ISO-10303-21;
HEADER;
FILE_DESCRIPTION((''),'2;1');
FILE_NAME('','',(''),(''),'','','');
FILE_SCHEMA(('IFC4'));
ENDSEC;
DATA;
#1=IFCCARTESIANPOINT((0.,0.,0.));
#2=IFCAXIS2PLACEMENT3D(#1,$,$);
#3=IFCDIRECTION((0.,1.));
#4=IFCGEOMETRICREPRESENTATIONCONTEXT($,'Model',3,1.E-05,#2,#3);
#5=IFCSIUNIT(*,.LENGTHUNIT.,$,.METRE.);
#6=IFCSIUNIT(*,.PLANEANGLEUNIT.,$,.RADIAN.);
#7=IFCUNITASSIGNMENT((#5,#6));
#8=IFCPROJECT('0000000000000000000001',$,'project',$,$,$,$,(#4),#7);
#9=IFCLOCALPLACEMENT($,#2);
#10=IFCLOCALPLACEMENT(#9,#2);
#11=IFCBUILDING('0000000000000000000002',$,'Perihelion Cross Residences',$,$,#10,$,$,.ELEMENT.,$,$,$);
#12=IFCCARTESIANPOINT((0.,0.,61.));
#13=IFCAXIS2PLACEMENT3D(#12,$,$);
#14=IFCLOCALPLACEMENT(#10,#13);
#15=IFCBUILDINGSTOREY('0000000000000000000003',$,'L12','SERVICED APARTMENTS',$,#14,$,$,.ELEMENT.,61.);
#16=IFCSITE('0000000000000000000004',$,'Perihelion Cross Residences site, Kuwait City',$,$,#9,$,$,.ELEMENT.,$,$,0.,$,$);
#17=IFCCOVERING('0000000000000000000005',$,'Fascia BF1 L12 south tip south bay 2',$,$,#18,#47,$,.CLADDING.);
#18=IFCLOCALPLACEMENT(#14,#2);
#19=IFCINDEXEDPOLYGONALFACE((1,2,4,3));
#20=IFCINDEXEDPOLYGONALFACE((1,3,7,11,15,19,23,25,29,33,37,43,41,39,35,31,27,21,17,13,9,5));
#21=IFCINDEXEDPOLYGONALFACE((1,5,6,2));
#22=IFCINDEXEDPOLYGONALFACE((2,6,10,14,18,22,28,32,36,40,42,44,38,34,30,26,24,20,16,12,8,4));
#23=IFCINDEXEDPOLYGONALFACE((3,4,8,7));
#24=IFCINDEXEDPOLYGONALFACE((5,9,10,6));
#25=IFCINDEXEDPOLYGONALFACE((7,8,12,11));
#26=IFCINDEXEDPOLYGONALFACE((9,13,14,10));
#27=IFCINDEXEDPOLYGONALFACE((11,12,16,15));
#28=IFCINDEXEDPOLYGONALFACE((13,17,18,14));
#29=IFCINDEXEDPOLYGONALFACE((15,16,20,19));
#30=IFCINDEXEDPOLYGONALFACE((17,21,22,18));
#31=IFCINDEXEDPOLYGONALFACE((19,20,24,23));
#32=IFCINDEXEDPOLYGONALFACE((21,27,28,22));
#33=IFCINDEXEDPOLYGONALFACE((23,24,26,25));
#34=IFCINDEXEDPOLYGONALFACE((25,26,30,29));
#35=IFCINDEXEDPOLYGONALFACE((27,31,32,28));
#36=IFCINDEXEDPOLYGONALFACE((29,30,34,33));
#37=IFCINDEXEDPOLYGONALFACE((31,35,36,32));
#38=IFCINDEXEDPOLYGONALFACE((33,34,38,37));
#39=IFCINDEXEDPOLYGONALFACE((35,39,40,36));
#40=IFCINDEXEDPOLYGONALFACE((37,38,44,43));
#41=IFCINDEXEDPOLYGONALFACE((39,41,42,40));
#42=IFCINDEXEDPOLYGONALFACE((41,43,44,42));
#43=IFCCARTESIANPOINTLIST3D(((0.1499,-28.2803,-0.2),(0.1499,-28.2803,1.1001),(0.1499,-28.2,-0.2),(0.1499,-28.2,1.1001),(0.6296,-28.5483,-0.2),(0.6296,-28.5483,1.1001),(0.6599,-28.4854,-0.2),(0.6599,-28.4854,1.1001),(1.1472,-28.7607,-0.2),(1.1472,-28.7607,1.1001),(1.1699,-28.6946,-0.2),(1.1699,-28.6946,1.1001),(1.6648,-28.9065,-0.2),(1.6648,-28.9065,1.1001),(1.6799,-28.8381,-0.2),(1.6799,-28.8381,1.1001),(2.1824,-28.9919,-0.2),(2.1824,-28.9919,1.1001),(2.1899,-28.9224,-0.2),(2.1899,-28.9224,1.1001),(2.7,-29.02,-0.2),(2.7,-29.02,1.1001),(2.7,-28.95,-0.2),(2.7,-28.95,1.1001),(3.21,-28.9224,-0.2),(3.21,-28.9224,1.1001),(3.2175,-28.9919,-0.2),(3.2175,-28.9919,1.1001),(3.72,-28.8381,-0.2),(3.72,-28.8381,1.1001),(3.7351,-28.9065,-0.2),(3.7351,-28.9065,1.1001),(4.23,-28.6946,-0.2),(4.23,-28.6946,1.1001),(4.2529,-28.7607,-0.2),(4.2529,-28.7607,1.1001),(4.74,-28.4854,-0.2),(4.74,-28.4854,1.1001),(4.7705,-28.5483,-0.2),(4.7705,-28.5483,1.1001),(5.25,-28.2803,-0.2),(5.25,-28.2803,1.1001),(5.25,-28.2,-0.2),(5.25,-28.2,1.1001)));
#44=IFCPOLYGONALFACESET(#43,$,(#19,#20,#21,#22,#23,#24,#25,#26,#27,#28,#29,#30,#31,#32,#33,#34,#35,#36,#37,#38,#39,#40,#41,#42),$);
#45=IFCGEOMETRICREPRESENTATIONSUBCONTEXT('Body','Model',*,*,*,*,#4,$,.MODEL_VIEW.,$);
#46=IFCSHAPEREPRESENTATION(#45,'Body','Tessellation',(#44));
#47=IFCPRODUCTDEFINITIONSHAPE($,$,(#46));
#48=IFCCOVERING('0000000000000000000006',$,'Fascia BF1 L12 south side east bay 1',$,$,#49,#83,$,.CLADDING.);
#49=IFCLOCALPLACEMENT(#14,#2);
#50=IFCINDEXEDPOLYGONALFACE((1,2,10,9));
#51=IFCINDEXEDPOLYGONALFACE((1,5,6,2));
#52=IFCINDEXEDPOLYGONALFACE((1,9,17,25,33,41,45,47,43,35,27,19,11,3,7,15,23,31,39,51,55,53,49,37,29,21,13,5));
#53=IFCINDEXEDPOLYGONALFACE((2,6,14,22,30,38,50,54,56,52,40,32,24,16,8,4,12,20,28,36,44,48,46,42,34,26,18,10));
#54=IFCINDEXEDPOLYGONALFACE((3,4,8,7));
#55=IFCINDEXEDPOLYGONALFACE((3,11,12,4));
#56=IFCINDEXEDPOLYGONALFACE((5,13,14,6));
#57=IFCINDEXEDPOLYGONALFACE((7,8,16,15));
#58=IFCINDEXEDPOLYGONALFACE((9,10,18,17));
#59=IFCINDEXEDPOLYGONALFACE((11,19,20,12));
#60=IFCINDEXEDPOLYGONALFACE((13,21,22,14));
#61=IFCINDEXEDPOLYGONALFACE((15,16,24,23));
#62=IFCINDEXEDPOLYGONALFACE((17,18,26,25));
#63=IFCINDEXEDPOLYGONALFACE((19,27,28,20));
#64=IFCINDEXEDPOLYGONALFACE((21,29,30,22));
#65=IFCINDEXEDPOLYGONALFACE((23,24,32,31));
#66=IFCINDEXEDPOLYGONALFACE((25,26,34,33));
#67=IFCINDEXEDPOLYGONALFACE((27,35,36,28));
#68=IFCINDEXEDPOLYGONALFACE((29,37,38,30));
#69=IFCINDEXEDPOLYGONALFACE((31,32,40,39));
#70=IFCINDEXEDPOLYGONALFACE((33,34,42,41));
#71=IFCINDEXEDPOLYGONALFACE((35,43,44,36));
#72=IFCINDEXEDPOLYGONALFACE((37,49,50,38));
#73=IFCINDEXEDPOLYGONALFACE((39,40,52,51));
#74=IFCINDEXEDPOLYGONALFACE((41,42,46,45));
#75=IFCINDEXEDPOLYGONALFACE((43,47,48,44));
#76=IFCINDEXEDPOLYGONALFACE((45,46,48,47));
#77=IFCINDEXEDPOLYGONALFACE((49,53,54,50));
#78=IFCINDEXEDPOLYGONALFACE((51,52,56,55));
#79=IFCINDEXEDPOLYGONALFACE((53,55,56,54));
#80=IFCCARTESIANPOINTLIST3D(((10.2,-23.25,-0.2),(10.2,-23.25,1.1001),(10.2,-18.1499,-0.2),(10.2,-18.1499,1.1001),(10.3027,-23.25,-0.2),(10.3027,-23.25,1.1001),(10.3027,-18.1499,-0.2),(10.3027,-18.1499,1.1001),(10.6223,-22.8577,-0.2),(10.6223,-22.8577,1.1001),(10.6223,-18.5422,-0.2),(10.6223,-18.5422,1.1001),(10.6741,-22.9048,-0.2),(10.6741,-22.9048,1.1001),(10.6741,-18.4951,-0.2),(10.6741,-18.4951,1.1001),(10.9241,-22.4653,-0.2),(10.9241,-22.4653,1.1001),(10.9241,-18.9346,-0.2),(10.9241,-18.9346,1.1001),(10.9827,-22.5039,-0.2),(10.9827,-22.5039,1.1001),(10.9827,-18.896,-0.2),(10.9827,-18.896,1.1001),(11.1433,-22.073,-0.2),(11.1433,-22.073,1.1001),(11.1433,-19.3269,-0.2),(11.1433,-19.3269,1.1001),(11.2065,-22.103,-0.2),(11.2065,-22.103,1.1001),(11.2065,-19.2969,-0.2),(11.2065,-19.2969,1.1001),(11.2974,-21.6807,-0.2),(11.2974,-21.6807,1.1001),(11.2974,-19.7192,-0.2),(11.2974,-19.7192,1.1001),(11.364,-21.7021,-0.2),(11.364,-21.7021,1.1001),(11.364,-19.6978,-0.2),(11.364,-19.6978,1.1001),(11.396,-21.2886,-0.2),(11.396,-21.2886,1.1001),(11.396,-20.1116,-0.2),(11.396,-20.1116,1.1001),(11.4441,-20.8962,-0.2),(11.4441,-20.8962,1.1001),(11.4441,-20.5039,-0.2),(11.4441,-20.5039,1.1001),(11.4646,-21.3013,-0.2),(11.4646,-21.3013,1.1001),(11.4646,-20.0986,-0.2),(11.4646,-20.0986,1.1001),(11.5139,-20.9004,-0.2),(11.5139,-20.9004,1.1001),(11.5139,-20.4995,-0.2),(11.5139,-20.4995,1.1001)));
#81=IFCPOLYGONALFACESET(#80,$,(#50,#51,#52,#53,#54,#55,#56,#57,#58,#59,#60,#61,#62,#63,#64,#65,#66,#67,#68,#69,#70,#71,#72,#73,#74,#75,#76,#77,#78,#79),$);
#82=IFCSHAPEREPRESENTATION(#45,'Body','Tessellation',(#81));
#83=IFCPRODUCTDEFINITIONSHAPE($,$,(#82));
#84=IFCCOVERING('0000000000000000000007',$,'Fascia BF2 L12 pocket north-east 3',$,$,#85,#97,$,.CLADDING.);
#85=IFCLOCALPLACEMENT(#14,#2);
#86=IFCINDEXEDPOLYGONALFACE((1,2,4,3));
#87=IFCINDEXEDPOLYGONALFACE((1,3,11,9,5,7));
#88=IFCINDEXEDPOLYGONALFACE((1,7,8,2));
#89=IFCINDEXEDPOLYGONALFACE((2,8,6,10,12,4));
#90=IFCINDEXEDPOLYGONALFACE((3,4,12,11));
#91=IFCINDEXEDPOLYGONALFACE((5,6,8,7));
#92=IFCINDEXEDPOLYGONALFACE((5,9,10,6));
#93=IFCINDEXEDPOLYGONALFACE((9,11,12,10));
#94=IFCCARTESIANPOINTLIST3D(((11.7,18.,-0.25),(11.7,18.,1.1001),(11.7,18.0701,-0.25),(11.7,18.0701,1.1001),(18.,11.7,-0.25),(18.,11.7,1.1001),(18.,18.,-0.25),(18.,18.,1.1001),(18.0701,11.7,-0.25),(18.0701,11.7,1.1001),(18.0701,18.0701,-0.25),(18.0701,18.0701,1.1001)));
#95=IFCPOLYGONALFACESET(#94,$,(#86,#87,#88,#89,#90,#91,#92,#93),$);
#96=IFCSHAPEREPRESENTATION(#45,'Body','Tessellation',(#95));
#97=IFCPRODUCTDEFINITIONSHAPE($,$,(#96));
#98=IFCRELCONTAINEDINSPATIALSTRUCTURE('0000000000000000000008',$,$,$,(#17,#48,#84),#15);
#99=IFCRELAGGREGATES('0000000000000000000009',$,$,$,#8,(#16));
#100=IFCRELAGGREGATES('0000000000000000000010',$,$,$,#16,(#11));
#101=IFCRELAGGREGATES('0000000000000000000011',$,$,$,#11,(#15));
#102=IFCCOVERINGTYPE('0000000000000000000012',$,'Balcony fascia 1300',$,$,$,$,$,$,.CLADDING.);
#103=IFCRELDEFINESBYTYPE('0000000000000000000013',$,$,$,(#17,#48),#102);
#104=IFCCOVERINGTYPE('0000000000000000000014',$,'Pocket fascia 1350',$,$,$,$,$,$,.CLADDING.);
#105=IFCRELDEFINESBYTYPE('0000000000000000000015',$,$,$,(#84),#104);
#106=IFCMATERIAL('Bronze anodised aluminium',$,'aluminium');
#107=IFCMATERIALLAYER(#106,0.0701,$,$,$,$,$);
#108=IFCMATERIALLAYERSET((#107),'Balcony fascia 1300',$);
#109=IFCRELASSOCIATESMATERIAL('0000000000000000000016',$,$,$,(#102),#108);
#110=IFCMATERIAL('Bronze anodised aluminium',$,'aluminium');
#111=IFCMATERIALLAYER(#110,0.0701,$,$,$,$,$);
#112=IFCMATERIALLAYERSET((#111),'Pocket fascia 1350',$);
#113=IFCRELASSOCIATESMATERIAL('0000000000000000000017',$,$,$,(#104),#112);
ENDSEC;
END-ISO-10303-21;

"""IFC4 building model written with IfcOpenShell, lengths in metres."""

from ifc_helpers import new_model, si_unit, direction, frame, origin, place, context, subcontext, project, spatial, polyline, outline, extrude, material, layer, layer_set, type_object, element, save


model = new_model("IFC4")

# Units and contexts
model_context = context("Model", 3, precision=1e-05, world=origin(), true_north=direction((0.0, 1.0)))
body_context = subcontext(model_context, "Body", "Model", "MODEL_VIEW")
ifc_project = project(units=[si_unit("LENGTHUNIT", "METRE"), si_unit("PLANEANGLEUNIT", "RADIAN")], contexts=[model_context])

# Site, building, storey
site_placement = place(None, origin())
site = spatial("IfcSite", under=ifc_project, at=site_placement, Name="Perihelion Cross Residences site, Kuwait City", CompositionType="ELEMENT", RefElevation=0.0)
building_placement = place(site_placement, origin())
building = spatial("IfcBuilding", under=site, at=building_placement, Name="Perihelion Cross Residences", CompositionType="ELEMENT")
storey_placement = place(building_placement, frame((0.0, 0.0, 61.0)))
storey = spatial("IfcBuildingStorey", under=building, at=storey_placement, Name="L12", Description="SERVICED APARTMENTS", CompositionType="ELEMENT", Elevation=61.0)

# Coverings
ifc_material_1 = material(Name="Bronze anodised aluminium", Category="aluminium")
ifc_layer_1 = layer(ifc_material_1, 0.0701)
ifc_layer_set_1 = layer_set([ifc_layer_1], Name="Balcony fascia 1300")
covering_type_1 = type_object("IfcCoveringType", Name="Balcony fascia 1300", PredefinedType="CLADDING", material=ifc_layer_set_1)
covering_1_placement = place(storey_placement, frame((0.0, 0.0, -0.2)))
element("IfcCovering", 1, at=covering_1_placement, inside=storey, type_object=covering_type_1, Name="Fascia BF1 L12 south tip south bay 2", PredefinedType="CLADDING", context=body_context, shape_type="SweptSolid", body=[
    extrude(outline(polyline([(0.6296, -28.5483), (1.1472, -28.7607), (1.6648, -28.9065), (2.1824, -28.9919), (2.7, -29.02), (3.2175, -28.9919), (3.7351, -28.9065), (4.2529, -28.7607), (4.7705, -28.5483), (5.25, -28.2803), (5.25, -28.2), (4.74, -28.4854), (4.23, -28.6946), (3.72, -28.8381), (3.21, -28.9224), (2.7, -28.95), (2.1899, -28.9224), (1.6799, -28.8381), (1.1699, -28.6946), (0.6599, -28.4854), (0.1499, -28.2), (0.1499, -28.2803), (0.6296, -28.5483)])), origin(), (0.0, 0.0, 1.0), 1.3),
])
covering_2_placement = place(storey_placement, frame((0.0, 0.0, -0.2)))
element("IfcCovering", 2, at=covering_2_placement, inside=storey, type_object=covering_type_1, Name="Fascia BF1 L12 south side east bay 1", PredefinedType="CLADDING", context=body_context, shape_type="SweptSolid", body=[
    extrude(outline(polyline([(10.6741, -22.9048), (10.9827, -22.5039), (11.2065, -22.103), (11.364, -21.7021), (11.4646, -21.3013), (11.5139, -20.9004), (11.5139, -20.4995), (11.4646, -20.0986), (11.364, -19.6978), (11.2065, -19.2969), (10.9827, -18.896), (10.6741, -18.4951), (10.3027, -18.1499), (10.2, -18.1499), (10.6223, -18.5422), (10.9241, -18.9346), (11.1433, -19.3269), (11.2974, -19.7192), (11.396, -20.1116), (11.4441, -20.5039), (11.4441, -20.8962), (11.396, -21.2886), (11.2974, -21.6807), (11.1433, -22.073), (10.9241, -22.4653), (10.6223, -22.8577), (10.2, -23.25), (10.3027, -23.25), (10.6741, -22.9048)])), origin(), (0.0, 0.0, 1.0), 1.3),
])
ifc_material_2 = material(Name="Bronze anodised aluminium", Category="aluminium")
ifc_layer_2 = layer(ifc_material_2, 0.0701)
ifc_layer_set_2 = layer_set([ifc_layer_2], Name="Pocket fascia 1350")
covering_type_2 = type_object("IfcCoveringType", Name="Pocket fascia 1350", PredefinedType="CLADDING", material=ifc_layer_set_2)
covering_3_placement = place(storey_placement, frame((0.0, 0.0, -0.25)))
element("IfcCovering", 3, at=covering_3_placement, inside=storey, type_object=covering_type_2, Name="Fascia BF2 L12 pocket north-east 3", PredefinedType="CLADDING", context=body_context, shape_type="SweptSolid", body=[
    extrude(outline(polyline([(18.0701, 18.0701), (11.7, 18.0701), (11.7, 18.0), (18.0, 18.0), (18.0, 11.7), (18.0701, 11.7), (18.0701, 18.0701)])), origin(), (0.0, 0.0, 1.0), 1.3501),
])

save(model, "model.ifc")
